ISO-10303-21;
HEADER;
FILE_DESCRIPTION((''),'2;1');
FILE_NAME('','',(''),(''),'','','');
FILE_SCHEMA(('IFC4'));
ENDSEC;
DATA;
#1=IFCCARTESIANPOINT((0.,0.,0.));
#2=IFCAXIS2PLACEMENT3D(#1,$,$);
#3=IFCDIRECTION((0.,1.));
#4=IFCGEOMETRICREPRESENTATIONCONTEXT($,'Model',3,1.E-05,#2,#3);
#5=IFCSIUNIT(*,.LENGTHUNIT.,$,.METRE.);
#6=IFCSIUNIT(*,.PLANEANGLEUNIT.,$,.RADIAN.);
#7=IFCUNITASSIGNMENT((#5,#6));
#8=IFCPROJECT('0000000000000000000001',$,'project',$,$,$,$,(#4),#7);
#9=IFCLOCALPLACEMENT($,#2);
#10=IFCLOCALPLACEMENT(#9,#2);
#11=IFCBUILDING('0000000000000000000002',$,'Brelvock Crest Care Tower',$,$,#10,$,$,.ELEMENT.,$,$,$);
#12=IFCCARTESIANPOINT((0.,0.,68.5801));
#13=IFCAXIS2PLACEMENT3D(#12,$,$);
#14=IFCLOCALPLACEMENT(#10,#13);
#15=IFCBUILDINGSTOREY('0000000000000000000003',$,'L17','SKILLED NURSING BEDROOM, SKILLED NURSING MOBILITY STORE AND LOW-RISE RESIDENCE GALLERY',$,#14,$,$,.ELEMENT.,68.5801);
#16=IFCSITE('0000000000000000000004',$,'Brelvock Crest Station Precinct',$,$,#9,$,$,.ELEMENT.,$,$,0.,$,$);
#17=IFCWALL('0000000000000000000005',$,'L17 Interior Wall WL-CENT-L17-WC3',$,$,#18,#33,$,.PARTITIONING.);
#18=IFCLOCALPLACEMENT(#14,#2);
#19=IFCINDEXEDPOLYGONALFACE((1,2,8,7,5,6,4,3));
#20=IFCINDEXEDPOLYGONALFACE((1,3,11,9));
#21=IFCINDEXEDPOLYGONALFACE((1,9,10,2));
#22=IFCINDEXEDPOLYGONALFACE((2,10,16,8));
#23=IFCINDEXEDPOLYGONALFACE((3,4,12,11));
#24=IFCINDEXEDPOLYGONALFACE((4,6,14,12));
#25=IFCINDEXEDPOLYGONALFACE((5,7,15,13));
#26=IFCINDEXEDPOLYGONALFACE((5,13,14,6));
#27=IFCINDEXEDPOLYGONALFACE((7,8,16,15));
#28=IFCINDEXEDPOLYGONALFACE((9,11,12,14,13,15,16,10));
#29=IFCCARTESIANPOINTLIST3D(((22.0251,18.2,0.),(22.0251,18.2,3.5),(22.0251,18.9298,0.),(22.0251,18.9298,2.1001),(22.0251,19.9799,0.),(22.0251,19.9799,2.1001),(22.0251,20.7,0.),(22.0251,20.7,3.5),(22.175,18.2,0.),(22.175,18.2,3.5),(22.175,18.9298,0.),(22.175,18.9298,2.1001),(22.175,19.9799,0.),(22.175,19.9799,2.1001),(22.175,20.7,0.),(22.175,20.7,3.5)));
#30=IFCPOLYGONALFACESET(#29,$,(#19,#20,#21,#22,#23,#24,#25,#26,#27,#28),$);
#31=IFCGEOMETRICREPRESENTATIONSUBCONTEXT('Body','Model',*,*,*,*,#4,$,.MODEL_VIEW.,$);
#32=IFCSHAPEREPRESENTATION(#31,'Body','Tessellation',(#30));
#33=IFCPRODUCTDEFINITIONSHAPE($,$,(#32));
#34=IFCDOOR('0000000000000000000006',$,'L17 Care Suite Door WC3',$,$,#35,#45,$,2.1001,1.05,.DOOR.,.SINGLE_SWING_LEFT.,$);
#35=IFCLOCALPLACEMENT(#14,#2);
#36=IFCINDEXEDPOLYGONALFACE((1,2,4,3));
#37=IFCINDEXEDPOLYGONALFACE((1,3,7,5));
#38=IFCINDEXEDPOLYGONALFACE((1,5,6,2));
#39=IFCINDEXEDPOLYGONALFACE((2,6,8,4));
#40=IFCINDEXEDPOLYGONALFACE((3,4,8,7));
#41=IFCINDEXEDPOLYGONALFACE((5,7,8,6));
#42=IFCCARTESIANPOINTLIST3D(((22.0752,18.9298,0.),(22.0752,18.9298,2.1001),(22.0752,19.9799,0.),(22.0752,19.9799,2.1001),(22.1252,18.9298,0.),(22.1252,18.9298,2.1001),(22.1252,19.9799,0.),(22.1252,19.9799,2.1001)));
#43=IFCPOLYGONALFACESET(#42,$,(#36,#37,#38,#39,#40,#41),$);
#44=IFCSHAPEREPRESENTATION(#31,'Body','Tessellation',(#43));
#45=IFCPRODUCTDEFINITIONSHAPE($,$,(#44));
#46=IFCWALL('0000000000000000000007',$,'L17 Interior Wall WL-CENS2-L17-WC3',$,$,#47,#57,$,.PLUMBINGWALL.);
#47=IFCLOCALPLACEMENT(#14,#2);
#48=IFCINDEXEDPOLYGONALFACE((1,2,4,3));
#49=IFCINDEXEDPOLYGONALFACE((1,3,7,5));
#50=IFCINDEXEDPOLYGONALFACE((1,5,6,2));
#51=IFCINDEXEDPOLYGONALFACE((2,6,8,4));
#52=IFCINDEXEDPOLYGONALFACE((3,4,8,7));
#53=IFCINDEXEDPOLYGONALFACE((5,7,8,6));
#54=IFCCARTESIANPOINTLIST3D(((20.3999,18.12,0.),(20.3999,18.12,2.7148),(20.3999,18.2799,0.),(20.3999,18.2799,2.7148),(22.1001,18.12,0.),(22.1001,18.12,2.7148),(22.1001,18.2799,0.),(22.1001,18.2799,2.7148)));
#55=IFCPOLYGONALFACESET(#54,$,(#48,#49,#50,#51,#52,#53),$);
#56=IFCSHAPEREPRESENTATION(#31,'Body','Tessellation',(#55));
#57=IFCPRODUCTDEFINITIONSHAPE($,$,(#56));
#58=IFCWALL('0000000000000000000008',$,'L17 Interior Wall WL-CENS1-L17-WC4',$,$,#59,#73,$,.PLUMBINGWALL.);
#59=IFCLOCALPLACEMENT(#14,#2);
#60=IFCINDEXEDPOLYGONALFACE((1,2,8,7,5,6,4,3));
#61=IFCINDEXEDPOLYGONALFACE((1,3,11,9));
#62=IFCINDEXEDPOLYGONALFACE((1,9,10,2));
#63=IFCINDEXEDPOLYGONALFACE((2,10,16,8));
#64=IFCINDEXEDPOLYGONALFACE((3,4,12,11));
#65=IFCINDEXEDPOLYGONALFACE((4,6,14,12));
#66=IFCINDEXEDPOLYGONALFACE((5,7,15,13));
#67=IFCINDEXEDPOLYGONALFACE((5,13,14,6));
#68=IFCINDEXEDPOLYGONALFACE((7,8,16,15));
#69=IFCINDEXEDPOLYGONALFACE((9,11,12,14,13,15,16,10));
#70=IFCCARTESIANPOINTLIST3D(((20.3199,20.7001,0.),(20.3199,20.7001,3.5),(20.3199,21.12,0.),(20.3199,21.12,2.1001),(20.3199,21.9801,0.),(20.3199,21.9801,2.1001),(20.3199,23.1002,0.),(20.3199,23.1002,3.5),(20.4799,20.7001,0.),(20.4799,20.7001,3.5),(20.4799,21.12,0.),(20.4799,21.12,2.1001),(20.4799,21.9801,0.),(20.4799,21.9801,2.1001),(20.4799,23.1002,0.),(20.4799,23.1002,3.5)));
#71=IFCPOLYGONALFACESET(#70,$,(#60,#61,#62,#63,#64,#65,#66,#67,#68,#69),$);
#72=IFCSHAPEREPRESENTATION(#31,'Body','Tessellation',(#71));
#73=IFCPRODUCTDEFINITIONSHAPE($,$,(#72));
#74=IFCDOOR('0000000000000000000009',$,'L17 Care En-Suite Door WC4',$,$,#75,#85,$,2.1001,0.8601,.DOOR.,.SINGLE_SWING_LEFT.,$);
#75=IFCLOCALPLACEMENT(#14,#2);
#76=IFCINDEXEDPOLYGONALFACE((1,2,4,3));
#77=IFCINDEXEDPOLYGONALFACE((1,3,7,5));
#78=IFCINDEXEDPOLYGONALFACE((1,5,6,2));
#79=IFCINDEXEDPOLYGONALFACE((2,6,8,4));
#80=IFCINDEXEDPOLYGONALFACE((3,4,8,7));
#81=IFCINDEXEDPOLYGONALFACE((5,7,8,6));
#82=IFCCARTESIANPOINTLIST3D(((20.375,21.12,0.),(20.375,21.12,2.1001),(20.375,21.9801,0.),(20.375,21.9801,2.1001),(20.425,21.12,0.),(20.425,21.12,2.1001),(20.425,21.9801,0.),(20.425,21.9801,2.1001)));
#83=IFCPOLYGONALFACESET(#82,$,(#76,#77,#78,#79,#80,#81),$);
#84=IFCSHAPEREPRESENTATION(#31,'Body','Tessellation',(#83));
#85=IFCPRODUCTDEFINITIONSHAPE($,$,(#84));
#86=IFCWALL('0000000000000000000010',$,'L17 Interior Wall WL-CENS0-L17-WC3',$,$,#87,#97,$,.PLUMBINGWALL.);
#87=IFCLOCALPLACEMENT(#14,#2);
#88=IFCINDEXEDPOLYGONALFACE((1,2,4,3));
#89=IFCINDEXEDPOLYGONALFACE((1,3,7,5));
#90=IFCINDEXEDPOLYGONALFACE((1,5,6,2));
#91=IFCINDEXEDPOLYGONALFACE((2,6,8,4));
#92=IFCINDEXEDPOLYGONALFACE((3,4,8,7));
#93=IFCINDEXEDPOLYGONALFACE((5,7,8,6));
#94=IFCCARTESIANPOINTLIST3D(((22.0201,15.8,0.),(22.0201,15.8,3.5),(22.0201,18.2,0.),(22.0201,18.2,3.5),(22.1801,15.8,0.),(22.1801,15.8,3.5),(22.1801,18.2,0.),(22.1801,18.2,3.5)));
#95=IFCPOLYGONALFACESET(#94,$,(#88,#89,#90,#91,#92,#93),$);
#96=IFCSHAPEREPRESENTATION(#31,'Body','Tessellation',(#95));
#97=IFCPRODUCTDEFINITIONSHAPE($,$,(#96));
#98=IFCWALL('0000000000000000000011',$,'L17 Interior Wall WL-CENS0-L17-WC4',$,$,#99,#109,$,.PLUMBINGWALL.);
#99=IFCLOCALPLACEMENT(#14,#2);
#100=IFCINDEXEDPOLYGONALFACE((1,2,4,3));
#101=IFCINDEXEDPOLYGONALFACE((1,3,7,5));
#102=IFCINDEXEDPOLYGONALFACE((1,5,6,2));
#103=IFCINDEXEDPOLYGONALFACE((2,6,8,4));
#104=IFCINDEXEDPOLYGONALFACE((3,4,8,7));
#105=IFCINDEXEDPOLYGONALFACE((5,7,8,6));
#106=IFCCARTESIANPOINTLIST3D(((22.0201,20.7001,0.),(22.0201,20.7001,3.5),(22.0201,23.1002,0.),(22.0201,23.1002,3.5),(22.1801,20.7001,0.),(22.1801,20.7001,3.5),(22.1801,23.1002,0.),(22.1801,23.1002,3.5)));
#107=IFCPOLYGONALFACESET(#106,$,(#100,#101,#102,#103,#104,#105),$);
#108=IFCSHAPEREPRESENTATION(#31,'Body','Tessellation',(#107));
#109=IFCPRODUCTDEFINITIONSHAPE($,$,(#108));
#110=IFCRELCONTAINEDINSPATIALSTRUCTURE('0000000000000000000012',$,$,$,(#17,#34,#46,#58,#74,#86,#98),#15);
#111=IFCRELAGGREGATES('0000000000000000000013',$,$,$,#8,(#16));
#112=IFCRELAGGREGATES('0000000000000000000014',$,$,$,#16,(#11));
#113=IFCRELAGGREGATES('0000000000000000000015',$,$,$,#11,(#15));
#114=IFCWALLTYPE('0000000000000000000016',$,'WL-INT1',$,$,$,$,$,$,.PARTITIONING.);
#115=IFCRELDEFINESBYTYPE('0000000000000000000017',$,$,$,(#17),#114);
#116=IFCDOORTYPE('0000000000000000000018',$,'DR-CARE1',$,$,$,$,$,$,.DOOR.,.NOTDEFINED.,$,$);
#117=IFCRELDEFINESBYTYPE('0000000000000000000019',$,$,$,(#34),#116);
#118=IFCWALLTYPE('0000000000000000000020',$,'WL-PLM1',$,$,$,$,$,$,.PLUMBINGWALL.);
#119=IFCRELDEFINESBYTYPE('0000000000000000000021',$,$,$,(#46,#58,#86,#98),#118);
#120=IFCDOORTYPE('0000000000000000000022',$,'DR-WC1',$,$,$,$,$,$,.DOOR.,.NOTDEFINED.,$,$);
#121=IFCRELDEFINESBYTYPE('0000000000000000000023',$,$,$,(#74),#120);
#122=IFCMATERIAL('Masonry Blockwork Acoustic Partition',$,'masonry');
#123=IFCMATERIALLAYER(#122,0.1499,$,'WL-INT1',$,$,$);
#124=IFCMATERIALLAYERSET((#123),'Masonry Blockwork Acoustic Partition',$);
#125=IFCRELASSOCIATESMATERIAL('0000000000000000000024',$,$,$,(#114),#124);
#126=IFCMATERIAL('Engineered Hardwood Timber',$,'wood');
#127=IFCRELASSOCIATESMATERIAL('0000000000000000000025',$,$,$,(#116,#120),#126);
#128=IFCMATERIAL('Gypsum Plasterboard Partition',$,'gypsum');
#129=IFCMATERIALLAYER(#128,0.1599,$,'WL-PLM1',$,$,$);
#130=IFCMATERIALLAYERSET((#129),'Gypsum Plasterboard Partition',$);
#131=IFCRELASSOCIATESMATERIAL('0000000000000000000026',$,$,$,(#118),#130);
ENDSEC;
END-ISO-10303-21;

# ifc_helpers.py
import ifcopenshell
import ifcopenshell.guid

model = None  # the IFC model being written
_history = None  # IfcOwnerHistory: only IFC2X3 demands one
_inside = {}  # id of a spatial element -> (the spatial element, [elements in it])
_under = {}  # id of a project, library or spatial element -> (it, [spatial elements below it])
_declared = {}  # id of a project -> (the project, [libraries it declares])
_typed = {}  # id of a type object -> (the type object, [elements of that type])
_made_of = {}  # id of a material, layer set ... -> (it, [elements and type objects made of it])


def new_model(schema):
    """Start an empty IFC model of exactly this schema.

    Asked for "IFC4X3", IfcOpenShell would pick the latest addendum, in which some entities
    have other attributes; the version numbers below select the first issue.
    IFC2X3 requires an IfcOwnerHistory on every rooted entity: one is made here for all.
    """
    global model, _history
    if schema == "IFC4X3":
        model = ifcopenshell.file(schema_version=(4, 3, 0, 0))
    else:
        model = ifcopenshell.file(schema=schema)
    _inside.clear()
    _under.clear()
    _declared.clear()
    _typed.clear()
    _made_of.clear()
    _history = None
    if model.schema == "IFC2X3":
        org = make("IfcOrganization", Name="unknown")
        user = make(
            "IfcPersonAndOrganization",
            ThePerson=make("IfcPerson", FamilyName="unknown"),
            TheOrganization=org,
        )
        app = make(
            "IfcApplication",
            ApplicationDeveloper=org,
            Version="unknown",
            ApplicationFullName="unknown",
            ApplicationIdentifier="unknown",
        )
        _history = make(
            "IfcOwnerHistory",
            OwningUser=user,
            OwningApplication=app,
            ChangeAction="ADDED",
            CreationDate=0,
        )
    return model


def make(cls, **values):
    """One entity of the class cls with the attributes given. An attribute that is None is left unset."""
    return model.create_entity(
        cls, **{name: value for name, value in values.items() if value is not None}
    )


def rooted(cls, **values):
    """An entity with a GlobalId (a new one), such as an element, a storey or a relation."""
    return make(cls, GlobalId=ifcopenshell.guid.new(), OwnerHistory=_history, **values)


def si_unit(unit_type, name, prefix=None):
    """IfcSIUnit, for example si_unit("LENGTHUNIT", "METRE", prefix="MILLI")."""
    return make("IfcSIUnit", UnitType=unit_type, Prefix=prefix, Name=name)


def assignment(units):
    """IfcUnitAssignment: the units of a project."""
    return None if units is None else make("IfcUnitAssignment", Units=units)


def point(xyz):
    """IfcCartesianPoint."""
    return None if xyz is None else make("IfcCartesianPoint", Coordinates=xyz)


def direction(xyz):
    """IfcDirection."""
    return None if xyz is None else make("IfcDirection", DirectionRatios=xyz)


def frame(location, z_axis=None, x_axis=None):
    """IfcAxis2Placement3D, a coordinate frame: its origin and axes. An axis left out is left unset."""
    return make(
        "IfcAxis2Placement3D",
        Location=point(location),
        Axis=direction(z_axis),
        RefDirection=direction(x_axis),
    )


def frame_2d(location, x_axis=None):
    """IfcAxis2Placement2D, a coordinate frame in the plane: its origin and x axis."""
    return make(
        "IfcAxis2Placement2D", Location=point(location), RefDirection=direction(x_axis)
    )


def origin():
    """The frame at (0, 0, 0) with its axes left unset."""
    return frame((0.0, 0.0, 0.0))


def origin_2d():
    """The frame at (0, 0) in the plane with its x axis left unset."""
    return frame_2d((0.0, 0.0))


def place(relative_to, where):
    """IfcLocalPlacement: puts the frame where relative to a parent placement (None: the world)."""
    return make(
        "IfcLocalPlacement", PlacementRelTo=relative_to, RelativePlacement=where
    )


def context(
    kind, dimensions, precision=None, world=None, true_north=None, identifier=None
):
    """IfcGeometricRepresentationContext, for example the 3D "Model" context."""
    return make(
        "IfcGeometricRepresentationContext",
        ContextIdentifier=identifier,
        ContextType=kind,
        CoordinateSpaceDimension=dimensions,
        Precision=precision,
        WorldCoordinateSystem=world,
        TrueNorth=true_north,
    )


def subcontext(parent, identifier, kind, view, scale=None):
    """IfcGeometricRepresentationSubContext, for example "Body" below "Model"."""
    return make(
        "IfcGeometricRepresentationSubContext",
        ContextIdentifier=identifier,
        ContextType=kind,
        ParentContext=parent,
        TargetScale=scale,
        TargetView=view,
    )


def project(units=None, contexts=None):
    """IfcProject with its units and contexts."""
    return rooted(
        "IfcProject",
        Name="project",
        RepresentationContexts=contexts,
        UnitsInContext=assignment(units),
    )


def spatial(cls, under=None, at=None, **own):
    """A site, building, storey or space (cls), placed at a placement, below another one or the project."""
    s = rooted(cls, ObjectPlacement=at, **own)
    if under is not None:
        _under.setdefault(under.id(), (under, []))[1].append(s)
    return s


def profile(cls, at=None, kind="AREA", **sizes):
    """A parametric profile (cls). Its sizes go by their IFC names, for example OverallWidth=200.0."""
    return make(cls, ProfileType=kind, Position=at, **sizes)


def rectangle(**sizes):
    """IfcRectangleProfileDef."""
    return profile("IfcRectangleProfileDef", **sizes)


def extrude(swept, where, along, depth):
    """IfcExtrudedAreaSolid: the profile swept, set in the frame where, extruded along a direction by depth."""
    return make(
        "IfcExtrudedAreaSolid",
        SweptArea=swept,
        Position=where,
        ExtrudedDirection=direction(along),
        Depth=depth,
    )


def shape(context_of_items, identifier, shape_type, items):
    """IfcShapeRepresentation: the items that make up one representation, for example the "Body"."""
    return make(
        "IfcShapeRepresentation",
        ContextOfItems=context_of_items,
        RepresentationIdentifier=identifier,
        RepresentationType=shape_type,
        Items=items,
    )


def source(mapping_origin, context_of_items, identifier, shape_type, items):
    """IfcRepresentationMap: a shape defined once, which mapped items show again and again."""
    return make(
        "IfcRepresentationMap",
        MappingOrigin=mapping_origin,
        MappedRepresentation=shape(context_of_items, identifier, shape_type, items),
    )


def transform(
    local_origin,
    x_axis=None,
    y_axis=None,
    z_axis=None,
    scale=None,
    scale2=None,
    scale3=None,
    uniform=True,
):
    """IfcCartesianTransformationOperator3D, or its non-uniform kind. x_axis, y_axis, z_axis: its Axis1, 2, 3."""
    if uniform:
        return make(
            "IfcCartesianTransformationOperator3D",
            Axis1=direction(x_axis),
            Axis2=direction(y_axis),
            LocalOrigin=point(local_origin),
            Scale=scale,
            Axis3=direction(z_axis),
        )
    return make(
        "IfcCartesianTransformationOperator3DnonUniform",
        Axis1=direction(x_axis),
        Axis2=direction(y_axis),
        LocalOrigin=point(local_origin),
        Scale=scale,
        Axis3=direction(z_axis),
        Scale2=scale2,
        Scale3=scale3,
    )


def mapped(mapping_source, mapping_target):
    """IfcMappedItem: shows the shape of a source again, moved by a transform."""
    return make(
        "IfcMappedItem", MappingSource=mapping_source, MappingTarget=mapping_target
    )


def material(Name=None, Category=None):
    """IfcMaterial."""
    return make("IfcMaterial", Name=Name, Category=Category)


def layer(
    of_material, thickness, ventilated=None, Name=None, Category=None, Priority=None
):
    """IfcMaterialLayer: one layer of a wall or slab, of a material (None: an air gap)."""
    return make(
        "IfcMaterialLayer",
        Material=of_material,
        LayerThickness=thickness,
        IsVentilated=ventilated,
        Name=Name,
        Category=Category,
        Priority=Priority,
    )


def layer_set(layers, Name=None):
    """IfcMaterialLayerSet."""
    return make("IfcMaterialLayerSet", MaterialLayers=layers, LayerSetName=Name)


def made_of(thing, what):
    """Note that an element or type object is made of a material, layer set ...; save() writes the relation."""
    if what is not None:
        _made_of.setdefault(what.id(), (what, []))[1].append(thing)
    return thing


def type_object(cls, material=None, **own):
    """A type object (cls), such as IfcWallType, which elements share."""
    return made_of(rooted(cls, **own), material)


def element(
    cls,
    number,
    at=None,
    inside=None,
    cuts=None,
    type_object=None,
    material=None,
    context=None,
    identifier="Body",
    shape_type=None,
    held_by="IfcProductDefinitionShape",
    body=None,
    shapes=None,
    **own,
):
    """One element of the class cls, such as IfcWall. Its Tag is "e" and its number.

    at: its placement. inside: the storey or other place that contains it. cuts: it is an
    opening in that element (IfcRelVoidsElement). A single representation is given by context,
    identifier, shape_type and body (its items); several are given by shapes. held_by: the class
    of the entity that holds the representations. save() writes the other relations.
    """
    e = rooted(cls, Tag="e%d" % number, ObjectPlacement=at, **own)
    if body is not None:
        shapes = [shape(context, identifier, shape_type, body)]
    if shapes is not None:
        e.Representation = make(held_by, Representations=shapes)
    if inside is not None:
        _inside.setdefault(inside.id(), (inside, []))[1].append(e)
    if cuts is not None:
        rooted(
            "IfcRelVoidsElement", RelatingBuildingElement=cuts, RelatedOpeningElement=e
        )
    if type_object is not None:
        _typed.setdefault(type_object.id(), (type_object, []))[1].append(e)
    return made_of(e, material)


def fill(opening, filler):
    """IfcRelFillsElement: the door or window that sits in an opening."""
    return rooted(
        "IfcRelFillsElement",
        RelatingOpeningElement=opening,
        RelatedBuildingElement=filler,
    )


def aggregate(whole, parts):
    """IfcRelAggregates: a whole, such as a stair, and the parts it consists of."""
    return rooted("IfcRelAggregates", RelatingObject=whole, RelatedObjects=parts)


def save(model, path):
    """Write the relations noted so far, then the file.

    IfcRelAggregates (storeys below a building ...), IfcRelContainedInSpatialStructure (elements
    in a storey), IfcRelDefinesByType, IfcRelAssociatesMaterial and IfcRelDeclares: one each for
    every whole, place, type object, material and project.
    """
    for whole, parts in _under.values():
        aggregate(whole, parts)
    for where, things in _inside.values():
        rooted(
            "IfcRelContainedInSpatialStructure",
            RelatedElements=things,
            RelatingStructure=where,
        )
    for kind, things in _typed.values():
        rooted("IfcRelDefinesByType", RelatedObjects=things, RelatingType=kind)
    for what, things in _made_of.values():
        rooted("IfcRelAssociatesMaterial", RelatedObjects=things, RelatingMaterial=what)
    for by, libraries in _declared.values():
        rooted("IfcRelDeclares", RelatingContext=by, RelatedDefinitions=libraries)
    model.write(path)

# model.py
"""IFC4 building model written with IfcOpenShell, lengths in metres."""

from ifc_helpers import new_model, si_unit, direction, frame, frame_2d, origin, origin_2d, place, context, subcontext, project, spatial, rectangle, extrude, source, transform, mapped, material, layer, layer_set, type_object, element, fill, save


model = new_model("IFC4")

# Units and contexts
model_context = context("Model", 3, precision=1e-05, world=origin(), true_north=direction((0.0, 1.0)))
body_context = subcontext(model_context, "Body", "Model", "MODEL_VIEW")
ifc_project = project(units=[si_unit("LENGTHUNIT", "METRE"), si_unit("PLANEANGLEUNIT", "RADIAN")], contexts=[model_context])

# Site, building, storey
site_placement = place(None, origin())
site = spatial("IfcSite", under=ifc_project, at=site_placement, Name="Brelvock Crest Station Precinct", CompositionType="ELEMENT", RefElevation=0.0)
building_placement = place(site_placement, origin())
building = spatial("IfcBuilding", under=site, at=building_placement, Name="Brelvock Crest Care Tower", CompositionType="ELEMENT")
storey_placement = place(building_placement, frame((0.0, 0.0, 68.5801)))
storey = spatial("IfcBuildingStorey", under=building, at=storey_placement, Name="L17", Description="SKILLED NURSING BEDROOM, SKILLED NURSING MOBILITY STORE AND LOW-RISE RESIDENCE GALLERY", CompositionType="ELEMENT", Elevation=68.5801)

# Wall, opening, door
ifc_material_1 = material(Name="Masonry Blockwork Acoustic Partition", Category="masonry")
ifc_layer_1 = layer(ifc_material_1, 0.1499, Name="WL-INT1")
ifc_layer_set_1 = layer_set([ifc_layer_1], Name="Masonry Blockwork Acoustic Partition")
wall_type_1 = type_object("IfcWallType", Name="WL-INT1", PredefinedType="PARTITIONING", material=ifc_layer_set_1)
wall_1_placement = place(storey_placement, frame((22.1001, 18.2, 0.0), z_axis=(0.0, 0.0, 1.0), x_axis=(0.0, 1.0, 0.0)))
wall_1 = element("IfcWall", 1, at=wall_1_placement, inside=storey, type_object=wall_type_1, Name="L17 Interior Wall WL-CENT-L17-WC3", PredefinedType="PARTITIONING", context=body_context, shape_type="SweptSolid", body=[
    extrude(rectangle(XDim=2.5, YDim=0.1499, at=frame_2d((1.25, 0.0))), origin(), (0.0, 0.0, 1.0), 3.5),
])
opening_1_placement = place(wall_1_placement, frame((0.73, 0.0, 0.0)))
opening_1 = element("IfcOpeningElement", 2, at=opening_1_placement, cuts=wall_1, PredefinedType="OPENING", context=body_context, shape_type="SweptSolid", body=[
    extrude(rectangle(XDim=1.05, YDim=2.1001, at=origin_2d()), frame((0.5249, 0.085, 1.05), z_axis=(0.0, -1.0, 0.0), x_axis=(1.0, 0.0, 0.0)), (0.0, 0.0, 1.0), 0.1699),
])
ifc_material_2 = material(Name="Engineered Hardwood Timber", Category="wood")
door_type_1 = type_object("IfcDoorType", Name="DR-CARE1", OperationType="NOTDEFINED", PredefinedType="DOOR", material=ifc_material_2)
shared_shape_1 = source(origin(), body_context, "Body", "SweptSolid", [
    extrude(rectangle(XDim=1.05, YDim=2.1001, at=origin_2d()), frame((0.5249, 0.0249, 1.05), z_axis=(0.0, -1.0, 0.0), x_axis=(1.0, 0.0, 0.0)), (0.0, 0.0, 1.0), 0.05),
])
door_1_placement = place(opening_1_placement, origin())
door_1 = element("IfcDoor", 3, at=door_1_placement, inside=storey, type_object=door_type_1, Name="L17 Care Suite Door WC3", OperationType="SINGLE_SWING_LEFT", OverallHeight=2.1001, OverallWidth=1.05, PredefinedType="DOOR", context=body_context, shape_type="MappedRepresentation", body=[
    mapped(shared_shape_1, transform((0.0, 0.0, 0.0), x_axis=(1.0, 0.0, 0.0), y_axis=(0.0, 1.0, 0.0), z_axis=(0.0, 0.0, 1.0), scale=1.0)),
])
fill(opening_1, door_1)

# Wall
ifc_material_3 = material(Name="Gypsum Plasterboard Partition", Category="gypsum")
ifc_layer_2 = layer(ifc_material_3, 0.1599, Name="WL-PLM1")
ifc_layer_set_2 = layer_set([ifc_layer_2], Name="Gypsum Plasterboard Partition")
wall_type_2 = type_object("IfcWallType", Name="WL-PLM1", PredefinedType="PLUMBINGWALL", material=ifc_layer_set_2)
wall_2_placement = place(storey_placement, frame((20.3999, 18.2, 0.0), z_axis=(0.0, 0.0, 1.0), x_axis=(1.0, 0.0, 0.0)))
element("IfcWall", 4, at=wall_2_placement, inside=storey, type_object=wall_type_2, Name="L17 Interior Wall WL-CENS2-L17-WC3", PredefinedType="PLUMBINGWALL", context=body_context, shape_type="SweptSolid", body=[
    extrude(rectangle(XDim=1.7002, YDim=0.1599, at=frame_2d((0.8501, 0.0))), origin(), (0.0, 0.0, 1.0), 2.7148),
])

# Wall, opening, door
wall_3_placement = place(storey_placement, frame((20.3999, 20.7, 0.0), z_axis=(0.0, 0.0, 1.0), x_axis=(0.0, 1.0, 0.0)))
wall_3 = element("IfcWall", 5, at=wall_3_placement, inside=storey, type_object=wall_type_2, Name="L17 Interior Wall WL-CENS1-L17-WC4", PredefinedType="PLUMBINGWALL", context=body_context, shape_type="SweptSolid", body=[
    extrude(rectangle(XDim=2.4001, YDim=0.1599, at=frame_2d((1.2002, 0.0))), origin(), (0.0, 0.0, 1.0), 3.5),
])
opening_2_placement = place(wall_3_placement, frame((0.4199, 0.0, 0.0)))
opening_2 = element("IfcOpeningElement", 6, at=opening_2_placement, cuts=wall_3, PredefinedType="OPENING", context=body_context, shape_type="SweptSolid", body=[
    extrude(rectangle(XDim=0.8601, YDim=2.1001, at=origin_2d()), frame((0.4302, 0.0898, 1.05), z_axis=(0.0, -1.0, 0.0), x_axis=(1.0, 0.0, 0.0)), (0.0, 0.0, 1.0), 0.1799),
])
door_type_2 = type_object("IfcDoorType", Name="DR-WC1", OperationType="NOTDEFINED", PredefinedType="DOOR", material=ifc_material_2)
shared_shape_2 = source(origin(), body_context, "Body", "SweptSolid", [
    extrude(rectangle(XDim=0.8601, YDim=2.1001, at=origin_2d()), frame((0.4302, 0.0249, 1.05), z_axis=(0.0, -1.0, 0.0), x_axis=(1.0, 0.0, 0.0)), (0.0, 0.0, 1.0), 0.05),
])
door_2_placement = place(opening_2_placement, origin())
door_2 = element("IfcDoor", 7, at=door_2_placement, inside=storey, type_object=door_type_2, Name="L17 Care En-Suite Door WC4", OperationType="SINGLE_SWING_LEFT", OverallHeight=2.1001, OverallWidth=0.8601, PredefinedType="DOOR", context=body_context, shape_type="MappedRepresentation", body=[
    mapped(shared_shape_2, transform((0.0, 0.0, 0.0), x_axis=(1.0, 0.0, 0.0), y_axis=(0.0, 1.0, 0.0), z_axis=(0.0, 0.0, 1.0), scale=1.0)),
])
fill(opening_2, door_2)

# Walls
wall_4_placement = place(storey_placement, frame((22.1001, 15.8, 0.0), z_axis=(0.0, 0.0, 1.0), x_axis=(0.0, 1.0, 0.0)))
element("IfcWall", 8, at=wall_4_placement, inside=storey, type_object=wall_type_2, Name="L17 Interior Wall WL-CENS0-L17-WC3", PredefinedType="PLUMBINGWALL", context=body_context, shape_type="SweptSolid", body=[
    extrude(rectangle(XDim=2.3999, YDim=0.1599, at=frame_2d((1.2, 0.0))), origin(), (0.0, 0.0, 1.0), 3.5),
])
wall_5_placement = place(storey_placement, frame((22.1001, 20.7, 0.0), z_axis=(0.0, 0.0, 1.0), x_axis=(0.0, 1.0, 0.0)))
element("IfcWall", 9, at=wall_5_placement, inside=storey, type_object=wall_type_2, Name="L17 Interior Wall WL-CENS0-L17-WC4", PredefinedType="PLUMBINGWALL", context=body_context, shape_type="SweptSolid", body=[
    extrude(rectangle(XDim=2.4001, YDim=0.1599, at=frame_2d((1.2002, 0.0))), origin(), (0.0, 0.0, 1.0), 3.5),
])

save(model, "model.ifc")
